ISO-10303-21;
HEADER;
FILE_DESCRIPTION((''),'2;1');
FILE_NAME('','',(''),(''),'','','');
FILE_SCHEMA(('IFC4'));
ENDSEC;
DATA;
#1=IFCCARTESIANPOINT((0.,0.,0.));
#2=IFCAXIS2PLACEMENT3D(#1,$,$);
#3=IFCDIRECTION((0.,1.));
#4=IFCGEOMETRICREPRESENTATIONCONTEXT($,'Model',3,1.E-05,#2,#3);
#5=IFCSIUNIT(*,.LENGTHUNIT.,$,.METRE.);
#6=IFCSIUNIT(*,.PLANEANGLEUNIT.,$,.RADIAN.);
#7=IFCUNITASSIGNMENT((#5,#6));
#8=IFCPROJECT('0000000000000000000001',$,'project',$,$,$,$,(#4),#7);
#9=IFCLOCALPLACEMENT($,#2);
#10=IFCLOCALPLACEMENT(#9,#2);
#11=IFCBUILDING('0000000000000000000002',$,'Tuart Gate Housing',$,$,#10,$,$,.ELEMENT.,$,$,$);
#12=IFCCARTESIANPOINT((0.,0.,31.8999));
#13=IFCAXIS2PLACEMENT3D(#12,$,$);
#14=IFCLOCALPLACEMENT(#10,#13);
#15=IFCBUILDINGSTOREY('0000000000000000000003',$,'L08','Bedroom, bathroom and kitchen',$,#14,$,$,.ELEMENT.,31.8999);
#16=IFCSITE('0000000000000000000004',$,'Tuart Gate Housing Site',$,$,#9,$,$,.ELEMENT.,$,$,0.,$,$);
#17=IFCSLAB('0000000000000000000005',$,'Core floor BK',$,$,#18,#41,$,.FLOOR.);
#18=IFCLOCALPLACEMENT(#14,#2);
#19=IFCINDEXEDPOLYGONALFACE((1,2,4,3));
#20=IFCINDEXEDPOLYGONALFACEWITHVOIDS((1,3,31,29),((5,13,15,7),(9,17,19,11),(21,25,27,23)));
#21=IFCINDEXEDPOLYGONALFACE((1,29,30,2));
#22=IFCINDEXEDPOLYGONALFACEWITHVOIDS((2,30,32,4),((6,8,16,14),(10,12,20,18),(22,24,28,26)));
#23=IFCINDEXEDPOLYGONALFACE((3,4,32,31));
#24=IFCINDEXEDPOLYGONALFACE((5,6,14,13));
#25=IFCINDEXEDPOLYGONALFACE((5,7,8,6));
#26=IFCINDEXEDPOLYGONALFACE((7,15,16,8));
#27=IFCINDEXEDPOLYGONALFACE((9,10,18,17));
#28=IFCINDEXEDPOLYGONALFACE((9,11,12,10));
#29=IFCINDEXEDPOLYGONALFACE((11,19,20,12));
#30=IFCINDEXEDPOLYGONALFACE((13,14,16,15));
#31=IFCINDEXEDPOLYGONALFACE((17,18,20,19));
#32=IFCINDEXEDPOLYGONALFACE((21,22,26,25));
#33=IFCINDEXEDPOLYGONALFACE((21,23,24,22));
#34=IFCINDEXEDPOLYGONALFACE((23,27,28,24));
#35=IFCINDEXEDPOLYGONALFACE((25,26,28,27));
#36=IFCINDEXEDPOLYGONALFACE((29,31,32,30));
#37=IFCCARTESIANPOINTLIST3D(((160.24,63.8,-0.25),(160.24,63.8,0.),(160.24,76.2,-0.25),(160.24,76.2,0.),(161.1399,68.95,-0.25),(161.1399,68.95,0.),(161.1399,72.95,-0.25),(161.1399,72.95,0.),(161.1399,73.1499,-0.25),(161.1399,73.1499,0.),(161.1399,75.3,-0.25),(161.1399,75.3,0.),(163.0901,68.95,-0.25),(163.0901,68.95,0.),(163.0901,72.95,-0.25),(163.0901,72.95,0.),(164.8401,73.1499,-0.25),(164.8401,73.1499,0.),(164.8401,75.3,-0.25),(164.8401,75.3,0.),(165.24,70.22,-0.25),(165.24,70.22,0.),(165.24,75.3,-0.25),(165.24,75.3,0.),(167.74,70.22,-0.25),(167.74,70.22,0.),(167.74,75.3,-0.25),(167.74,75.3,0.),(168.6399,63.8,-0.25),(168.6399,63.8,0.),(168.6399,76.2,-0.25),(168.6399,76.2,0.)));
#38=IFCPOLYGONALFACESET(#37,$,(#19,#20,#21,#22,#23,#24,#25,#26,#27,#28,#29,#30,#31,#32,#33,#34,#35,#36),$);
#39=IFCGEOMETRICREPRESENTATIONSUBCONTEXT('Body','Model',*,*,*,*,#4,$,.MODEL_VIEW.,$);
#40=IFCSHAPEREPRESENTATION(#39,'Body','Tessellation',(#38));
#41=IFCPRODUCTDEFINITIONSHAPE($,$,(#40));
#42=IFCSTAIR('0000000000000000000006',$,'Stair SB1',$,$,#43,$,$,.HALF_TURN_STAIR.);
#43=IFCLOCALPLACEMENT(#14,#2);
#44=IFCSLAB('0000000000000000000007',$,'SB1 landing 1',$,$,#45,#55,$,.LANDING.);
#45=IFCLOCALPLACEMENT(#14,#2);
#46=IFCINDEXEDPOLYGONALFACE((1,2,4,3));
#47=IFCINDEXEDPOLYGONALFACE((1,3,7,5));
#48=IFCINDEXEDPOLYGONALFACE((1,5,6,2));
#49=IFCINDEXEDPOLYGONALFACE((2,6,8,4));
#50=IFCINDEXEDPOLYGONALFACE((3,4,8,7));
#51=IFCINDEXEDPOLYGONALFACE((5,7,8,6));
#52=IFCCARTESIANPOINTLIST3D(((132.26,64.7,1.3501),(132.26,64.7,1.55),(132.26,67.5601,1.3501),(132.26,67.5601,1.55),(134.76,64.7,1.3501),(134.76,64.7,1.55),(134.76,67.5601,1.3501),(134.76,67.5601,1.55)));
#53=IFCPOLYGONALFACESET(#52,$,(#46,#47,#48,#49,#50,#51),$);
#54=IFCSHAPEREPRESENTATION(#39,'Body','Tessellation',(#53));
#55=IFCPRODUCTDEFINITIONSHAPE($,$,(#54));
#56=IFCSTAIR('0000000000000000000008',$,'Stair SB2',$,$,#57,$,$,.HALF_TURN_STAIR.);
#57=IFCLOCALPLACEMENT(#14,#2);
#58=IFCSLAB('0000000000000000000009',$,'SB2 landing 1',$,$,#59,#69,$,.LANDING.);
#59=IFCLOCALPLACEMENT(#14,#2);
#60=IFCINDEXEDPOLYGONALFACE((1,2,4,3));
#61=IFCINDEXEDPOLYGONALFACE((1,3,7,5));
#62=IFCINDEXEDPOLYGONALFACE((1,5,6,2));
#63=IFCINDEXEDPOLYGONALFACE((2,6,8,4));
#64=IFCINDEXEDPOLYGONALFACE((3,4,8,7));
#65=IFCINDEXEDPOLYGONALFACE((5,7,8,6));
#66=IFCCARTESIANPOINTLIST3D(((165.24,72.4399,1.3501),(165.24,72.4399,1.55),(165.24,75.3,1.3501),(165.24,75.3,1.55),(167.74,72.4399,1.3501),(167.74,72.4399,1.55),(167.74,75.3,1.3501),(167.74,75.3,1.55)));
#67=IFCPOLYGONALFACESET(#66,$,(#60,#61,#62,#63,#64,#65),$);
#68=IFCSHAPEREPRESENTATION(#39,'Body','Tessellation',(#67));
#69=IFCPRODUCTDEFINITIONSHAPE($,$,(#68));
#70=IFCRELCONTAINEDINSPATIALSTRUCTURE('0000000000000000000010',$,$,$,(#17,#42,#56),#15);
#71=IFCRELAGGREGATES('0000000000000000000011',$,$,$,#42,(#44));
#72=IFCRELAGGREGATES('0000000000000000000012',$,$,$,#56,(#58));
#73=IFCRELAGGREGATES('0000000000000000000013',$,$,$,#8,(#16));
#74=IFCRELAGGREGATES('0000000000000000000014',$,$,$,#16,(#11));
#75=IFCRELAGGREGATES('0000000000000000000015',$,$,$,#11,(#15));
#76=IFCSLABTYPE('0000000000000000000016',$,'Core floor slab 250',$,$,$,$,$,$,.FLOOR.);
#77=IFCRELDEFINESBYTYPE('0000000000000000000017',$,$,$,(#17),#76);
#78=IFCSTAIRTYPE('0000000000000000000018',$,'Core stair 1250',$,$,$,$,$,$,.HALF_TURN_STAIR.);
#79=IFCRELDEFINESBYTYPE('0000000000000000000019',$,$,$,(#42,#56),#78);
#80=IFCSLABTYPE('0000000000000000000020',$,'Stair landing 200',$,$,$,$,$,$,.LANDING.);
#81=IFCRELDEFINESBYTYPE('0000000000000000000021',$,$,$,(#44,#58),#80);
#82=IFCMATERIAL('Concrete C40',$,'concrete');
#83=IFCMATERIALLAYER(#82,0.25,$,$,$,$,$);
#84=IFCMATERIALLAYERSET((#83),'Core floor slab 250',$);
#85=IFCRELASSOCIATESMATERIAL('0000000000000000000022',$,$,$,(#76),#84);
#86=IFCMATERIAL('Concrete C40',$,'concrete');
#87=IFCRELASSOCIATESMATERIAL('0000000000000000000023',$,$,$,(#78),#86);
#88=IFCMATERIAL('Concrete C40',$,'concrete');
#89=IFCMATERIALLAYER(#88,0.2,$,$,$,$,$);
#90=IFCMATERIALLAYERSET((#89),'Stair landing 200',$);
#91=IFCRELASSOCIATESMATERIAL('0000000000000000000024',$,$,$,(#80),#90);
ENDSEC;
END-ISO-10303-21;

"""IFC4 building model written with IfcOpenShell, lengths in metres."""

from ifc_helpers import new_model, si_unit, direction, frame, origin, place, context, subcontext, project, spatial, polyline, outline, extrude, material, layer, layer_set, type_object, element, aggregate, save


model = new_model("IFC4")

# Units and contexts
model_context = context("Model", 3, precision=1e-05, world=origin(), true_north=direction((0.0, 1.0)))
body_context = subcontext(model_context, "Body", "Model", "MODEL_VIEW")
ifc_project = project(units=[si_unit("LENGTHUNIT", "METRE"), si_unit("PLANEANGLEUNIT", "RADIAN")], contexts=[model_context])

# Site, building, storey
site_placement = place(None, origin())
site = spatial("IfcSite", under=ifc_project, at=site_placement, Name="Tuart Gate Housing Site", CompositionType="ELEMENT", RefElevation=0.0)
building_placement = place(site_placement, origin())
building = spatial("IfcBuilding", under=site, at=building_placement, Name="Tuart Gate Housing", CompositionType="ELEMENT")
storey_placement = place(building_placement, frame((0.0, 0.0, 31.8999)))
storey = spatial("IfcBuildingStorey", under=building, at=storey_placement, Name="L08", Description="Bedroom, bathroom and kitchen", CompositionType="ELEMENT", Elevation=31.8999)

# Slab
ifc_material_1 = material(Name="Concrete C40", Category="concrete")
ifc_layer_1 = layer(ifc_material_1, 0.25)
ifc_layer_set_1 = layer_set([ifc_layer_1], Name="Core floor slab 250")
slab_type_1 = type_object("IfcSlabType", Name="Core floor slab 250", PredefinedType="FLOOR", material=ifc_layer_set_1)
slab_1_placement = place(storey_placement, frame((0.0, 0.0, -0.25)))
element("IfcSlab", 1, at=slab_1_placement, inside=storey, type_object=slab_type_1, Name="Core floor BK", PredefinedType="FLOOR", context=body_context, shape_type="SweptSolid", body=[
    extrude(outline(polyline([(160.24, 63.8), (168.6399, 63.8), (168.6399, 76.2), (160.24, 76.2), (160.24, 63.8)]), holes=[polyline([(161.1399, 73.1499), (164.8401, 73.1499), (164.8401, 75.3), (161.1399, 75.3), (161.1399, 73.1499)]), polyline([(161.1399, 68.95), (163.0901, 68.95), (163.0901, 72.95), (161.1399, 72.95), (161.1399, 68.95)]), polyline([(165.24, 70.22), (167.74, 70.22), (167.74, 75.3), (165.24, 75.3), (165.24, 70.22)])]), origin(), (0.0, 0.0, 1.0), 0.25),
])

# Stairs, slabs
ifc_material_2 = material(Name="Concrete C40", Category="concrete")
stair_type = type_object("IfcStairType", Name="Core stair 1250", PredefinedType="HALF_TURN_STAIR", material=ifc_material_2)
stair_1_placement = place(storey_placement, origin())
stair_1 = element("IfcStair", 2, at=stair_1_placement, inside=storey, type_object=stair_type, Name="Stair SB1", PredefinedType="HALF_TURN_STAIR")
ifc_material_3 = material(Name="Concrete C40", Category="concrete")
ifc_layer_2 = layer(ifc_material_3, 0.2)
ifc_layer_set_2 = layer_set([ifc_layer_2], Name="Stair landing 200")
slab_type_2 = type_object("IfcSlabType", Name="Stair landing 200", PredefinedType="LANDING", material=ifc_layer_set_2)
slab_2_placement = place(storey_placement, frame((0.0, 0.0, 1.3501)))
slab_2 = element("IfcSlab", 3, at=slab_2_placement, type_object=slab_type_2, Name="SB1 landing 1", PredefinedType="LANDING", context=body_context, shape_type="SweptSolid", body=[
    extrude(outline(polyline([(134.76, 67.5601), (132.26, 67.5601), (132.26, 64.7), (134.76, 64.7), (134.76, 67.5601)])), origin(), (0.0, 0.0, 1.0), 0.2),
])
aggregate(stair_1, [slab_2])
stair_2_placement = place(storey_placement, origin())
stair_2 = element("IfcStair", 4, at=stair_2_placement, inside=storey, type_object=stair_type, Name="Stair SB2", PredefinedType="HALF_TURN_STAIR")
slab_3_placement = place(storey_placement, frame((0.0, 0.0, 1.3501)))
slab_3 = element("IfcSlab", 5, at=slab_3_placement, type_object=slab_type_2, Name="SB2 landing 1", PredefinedType="LANDING", context=body_context, shape_type="SweptSolid", body=[
    extrude(outline(polyline([(165.24, 72.4399), (167.74, 72.4399), (167.74, 75.3), (165.24, 75.3), (165.24, 72.4399)])), origin(), (0.0, 0.0, 1.0), 0.2),
])
aggregate(stair_2, [slab_3])

save(model, "model.ifc")
